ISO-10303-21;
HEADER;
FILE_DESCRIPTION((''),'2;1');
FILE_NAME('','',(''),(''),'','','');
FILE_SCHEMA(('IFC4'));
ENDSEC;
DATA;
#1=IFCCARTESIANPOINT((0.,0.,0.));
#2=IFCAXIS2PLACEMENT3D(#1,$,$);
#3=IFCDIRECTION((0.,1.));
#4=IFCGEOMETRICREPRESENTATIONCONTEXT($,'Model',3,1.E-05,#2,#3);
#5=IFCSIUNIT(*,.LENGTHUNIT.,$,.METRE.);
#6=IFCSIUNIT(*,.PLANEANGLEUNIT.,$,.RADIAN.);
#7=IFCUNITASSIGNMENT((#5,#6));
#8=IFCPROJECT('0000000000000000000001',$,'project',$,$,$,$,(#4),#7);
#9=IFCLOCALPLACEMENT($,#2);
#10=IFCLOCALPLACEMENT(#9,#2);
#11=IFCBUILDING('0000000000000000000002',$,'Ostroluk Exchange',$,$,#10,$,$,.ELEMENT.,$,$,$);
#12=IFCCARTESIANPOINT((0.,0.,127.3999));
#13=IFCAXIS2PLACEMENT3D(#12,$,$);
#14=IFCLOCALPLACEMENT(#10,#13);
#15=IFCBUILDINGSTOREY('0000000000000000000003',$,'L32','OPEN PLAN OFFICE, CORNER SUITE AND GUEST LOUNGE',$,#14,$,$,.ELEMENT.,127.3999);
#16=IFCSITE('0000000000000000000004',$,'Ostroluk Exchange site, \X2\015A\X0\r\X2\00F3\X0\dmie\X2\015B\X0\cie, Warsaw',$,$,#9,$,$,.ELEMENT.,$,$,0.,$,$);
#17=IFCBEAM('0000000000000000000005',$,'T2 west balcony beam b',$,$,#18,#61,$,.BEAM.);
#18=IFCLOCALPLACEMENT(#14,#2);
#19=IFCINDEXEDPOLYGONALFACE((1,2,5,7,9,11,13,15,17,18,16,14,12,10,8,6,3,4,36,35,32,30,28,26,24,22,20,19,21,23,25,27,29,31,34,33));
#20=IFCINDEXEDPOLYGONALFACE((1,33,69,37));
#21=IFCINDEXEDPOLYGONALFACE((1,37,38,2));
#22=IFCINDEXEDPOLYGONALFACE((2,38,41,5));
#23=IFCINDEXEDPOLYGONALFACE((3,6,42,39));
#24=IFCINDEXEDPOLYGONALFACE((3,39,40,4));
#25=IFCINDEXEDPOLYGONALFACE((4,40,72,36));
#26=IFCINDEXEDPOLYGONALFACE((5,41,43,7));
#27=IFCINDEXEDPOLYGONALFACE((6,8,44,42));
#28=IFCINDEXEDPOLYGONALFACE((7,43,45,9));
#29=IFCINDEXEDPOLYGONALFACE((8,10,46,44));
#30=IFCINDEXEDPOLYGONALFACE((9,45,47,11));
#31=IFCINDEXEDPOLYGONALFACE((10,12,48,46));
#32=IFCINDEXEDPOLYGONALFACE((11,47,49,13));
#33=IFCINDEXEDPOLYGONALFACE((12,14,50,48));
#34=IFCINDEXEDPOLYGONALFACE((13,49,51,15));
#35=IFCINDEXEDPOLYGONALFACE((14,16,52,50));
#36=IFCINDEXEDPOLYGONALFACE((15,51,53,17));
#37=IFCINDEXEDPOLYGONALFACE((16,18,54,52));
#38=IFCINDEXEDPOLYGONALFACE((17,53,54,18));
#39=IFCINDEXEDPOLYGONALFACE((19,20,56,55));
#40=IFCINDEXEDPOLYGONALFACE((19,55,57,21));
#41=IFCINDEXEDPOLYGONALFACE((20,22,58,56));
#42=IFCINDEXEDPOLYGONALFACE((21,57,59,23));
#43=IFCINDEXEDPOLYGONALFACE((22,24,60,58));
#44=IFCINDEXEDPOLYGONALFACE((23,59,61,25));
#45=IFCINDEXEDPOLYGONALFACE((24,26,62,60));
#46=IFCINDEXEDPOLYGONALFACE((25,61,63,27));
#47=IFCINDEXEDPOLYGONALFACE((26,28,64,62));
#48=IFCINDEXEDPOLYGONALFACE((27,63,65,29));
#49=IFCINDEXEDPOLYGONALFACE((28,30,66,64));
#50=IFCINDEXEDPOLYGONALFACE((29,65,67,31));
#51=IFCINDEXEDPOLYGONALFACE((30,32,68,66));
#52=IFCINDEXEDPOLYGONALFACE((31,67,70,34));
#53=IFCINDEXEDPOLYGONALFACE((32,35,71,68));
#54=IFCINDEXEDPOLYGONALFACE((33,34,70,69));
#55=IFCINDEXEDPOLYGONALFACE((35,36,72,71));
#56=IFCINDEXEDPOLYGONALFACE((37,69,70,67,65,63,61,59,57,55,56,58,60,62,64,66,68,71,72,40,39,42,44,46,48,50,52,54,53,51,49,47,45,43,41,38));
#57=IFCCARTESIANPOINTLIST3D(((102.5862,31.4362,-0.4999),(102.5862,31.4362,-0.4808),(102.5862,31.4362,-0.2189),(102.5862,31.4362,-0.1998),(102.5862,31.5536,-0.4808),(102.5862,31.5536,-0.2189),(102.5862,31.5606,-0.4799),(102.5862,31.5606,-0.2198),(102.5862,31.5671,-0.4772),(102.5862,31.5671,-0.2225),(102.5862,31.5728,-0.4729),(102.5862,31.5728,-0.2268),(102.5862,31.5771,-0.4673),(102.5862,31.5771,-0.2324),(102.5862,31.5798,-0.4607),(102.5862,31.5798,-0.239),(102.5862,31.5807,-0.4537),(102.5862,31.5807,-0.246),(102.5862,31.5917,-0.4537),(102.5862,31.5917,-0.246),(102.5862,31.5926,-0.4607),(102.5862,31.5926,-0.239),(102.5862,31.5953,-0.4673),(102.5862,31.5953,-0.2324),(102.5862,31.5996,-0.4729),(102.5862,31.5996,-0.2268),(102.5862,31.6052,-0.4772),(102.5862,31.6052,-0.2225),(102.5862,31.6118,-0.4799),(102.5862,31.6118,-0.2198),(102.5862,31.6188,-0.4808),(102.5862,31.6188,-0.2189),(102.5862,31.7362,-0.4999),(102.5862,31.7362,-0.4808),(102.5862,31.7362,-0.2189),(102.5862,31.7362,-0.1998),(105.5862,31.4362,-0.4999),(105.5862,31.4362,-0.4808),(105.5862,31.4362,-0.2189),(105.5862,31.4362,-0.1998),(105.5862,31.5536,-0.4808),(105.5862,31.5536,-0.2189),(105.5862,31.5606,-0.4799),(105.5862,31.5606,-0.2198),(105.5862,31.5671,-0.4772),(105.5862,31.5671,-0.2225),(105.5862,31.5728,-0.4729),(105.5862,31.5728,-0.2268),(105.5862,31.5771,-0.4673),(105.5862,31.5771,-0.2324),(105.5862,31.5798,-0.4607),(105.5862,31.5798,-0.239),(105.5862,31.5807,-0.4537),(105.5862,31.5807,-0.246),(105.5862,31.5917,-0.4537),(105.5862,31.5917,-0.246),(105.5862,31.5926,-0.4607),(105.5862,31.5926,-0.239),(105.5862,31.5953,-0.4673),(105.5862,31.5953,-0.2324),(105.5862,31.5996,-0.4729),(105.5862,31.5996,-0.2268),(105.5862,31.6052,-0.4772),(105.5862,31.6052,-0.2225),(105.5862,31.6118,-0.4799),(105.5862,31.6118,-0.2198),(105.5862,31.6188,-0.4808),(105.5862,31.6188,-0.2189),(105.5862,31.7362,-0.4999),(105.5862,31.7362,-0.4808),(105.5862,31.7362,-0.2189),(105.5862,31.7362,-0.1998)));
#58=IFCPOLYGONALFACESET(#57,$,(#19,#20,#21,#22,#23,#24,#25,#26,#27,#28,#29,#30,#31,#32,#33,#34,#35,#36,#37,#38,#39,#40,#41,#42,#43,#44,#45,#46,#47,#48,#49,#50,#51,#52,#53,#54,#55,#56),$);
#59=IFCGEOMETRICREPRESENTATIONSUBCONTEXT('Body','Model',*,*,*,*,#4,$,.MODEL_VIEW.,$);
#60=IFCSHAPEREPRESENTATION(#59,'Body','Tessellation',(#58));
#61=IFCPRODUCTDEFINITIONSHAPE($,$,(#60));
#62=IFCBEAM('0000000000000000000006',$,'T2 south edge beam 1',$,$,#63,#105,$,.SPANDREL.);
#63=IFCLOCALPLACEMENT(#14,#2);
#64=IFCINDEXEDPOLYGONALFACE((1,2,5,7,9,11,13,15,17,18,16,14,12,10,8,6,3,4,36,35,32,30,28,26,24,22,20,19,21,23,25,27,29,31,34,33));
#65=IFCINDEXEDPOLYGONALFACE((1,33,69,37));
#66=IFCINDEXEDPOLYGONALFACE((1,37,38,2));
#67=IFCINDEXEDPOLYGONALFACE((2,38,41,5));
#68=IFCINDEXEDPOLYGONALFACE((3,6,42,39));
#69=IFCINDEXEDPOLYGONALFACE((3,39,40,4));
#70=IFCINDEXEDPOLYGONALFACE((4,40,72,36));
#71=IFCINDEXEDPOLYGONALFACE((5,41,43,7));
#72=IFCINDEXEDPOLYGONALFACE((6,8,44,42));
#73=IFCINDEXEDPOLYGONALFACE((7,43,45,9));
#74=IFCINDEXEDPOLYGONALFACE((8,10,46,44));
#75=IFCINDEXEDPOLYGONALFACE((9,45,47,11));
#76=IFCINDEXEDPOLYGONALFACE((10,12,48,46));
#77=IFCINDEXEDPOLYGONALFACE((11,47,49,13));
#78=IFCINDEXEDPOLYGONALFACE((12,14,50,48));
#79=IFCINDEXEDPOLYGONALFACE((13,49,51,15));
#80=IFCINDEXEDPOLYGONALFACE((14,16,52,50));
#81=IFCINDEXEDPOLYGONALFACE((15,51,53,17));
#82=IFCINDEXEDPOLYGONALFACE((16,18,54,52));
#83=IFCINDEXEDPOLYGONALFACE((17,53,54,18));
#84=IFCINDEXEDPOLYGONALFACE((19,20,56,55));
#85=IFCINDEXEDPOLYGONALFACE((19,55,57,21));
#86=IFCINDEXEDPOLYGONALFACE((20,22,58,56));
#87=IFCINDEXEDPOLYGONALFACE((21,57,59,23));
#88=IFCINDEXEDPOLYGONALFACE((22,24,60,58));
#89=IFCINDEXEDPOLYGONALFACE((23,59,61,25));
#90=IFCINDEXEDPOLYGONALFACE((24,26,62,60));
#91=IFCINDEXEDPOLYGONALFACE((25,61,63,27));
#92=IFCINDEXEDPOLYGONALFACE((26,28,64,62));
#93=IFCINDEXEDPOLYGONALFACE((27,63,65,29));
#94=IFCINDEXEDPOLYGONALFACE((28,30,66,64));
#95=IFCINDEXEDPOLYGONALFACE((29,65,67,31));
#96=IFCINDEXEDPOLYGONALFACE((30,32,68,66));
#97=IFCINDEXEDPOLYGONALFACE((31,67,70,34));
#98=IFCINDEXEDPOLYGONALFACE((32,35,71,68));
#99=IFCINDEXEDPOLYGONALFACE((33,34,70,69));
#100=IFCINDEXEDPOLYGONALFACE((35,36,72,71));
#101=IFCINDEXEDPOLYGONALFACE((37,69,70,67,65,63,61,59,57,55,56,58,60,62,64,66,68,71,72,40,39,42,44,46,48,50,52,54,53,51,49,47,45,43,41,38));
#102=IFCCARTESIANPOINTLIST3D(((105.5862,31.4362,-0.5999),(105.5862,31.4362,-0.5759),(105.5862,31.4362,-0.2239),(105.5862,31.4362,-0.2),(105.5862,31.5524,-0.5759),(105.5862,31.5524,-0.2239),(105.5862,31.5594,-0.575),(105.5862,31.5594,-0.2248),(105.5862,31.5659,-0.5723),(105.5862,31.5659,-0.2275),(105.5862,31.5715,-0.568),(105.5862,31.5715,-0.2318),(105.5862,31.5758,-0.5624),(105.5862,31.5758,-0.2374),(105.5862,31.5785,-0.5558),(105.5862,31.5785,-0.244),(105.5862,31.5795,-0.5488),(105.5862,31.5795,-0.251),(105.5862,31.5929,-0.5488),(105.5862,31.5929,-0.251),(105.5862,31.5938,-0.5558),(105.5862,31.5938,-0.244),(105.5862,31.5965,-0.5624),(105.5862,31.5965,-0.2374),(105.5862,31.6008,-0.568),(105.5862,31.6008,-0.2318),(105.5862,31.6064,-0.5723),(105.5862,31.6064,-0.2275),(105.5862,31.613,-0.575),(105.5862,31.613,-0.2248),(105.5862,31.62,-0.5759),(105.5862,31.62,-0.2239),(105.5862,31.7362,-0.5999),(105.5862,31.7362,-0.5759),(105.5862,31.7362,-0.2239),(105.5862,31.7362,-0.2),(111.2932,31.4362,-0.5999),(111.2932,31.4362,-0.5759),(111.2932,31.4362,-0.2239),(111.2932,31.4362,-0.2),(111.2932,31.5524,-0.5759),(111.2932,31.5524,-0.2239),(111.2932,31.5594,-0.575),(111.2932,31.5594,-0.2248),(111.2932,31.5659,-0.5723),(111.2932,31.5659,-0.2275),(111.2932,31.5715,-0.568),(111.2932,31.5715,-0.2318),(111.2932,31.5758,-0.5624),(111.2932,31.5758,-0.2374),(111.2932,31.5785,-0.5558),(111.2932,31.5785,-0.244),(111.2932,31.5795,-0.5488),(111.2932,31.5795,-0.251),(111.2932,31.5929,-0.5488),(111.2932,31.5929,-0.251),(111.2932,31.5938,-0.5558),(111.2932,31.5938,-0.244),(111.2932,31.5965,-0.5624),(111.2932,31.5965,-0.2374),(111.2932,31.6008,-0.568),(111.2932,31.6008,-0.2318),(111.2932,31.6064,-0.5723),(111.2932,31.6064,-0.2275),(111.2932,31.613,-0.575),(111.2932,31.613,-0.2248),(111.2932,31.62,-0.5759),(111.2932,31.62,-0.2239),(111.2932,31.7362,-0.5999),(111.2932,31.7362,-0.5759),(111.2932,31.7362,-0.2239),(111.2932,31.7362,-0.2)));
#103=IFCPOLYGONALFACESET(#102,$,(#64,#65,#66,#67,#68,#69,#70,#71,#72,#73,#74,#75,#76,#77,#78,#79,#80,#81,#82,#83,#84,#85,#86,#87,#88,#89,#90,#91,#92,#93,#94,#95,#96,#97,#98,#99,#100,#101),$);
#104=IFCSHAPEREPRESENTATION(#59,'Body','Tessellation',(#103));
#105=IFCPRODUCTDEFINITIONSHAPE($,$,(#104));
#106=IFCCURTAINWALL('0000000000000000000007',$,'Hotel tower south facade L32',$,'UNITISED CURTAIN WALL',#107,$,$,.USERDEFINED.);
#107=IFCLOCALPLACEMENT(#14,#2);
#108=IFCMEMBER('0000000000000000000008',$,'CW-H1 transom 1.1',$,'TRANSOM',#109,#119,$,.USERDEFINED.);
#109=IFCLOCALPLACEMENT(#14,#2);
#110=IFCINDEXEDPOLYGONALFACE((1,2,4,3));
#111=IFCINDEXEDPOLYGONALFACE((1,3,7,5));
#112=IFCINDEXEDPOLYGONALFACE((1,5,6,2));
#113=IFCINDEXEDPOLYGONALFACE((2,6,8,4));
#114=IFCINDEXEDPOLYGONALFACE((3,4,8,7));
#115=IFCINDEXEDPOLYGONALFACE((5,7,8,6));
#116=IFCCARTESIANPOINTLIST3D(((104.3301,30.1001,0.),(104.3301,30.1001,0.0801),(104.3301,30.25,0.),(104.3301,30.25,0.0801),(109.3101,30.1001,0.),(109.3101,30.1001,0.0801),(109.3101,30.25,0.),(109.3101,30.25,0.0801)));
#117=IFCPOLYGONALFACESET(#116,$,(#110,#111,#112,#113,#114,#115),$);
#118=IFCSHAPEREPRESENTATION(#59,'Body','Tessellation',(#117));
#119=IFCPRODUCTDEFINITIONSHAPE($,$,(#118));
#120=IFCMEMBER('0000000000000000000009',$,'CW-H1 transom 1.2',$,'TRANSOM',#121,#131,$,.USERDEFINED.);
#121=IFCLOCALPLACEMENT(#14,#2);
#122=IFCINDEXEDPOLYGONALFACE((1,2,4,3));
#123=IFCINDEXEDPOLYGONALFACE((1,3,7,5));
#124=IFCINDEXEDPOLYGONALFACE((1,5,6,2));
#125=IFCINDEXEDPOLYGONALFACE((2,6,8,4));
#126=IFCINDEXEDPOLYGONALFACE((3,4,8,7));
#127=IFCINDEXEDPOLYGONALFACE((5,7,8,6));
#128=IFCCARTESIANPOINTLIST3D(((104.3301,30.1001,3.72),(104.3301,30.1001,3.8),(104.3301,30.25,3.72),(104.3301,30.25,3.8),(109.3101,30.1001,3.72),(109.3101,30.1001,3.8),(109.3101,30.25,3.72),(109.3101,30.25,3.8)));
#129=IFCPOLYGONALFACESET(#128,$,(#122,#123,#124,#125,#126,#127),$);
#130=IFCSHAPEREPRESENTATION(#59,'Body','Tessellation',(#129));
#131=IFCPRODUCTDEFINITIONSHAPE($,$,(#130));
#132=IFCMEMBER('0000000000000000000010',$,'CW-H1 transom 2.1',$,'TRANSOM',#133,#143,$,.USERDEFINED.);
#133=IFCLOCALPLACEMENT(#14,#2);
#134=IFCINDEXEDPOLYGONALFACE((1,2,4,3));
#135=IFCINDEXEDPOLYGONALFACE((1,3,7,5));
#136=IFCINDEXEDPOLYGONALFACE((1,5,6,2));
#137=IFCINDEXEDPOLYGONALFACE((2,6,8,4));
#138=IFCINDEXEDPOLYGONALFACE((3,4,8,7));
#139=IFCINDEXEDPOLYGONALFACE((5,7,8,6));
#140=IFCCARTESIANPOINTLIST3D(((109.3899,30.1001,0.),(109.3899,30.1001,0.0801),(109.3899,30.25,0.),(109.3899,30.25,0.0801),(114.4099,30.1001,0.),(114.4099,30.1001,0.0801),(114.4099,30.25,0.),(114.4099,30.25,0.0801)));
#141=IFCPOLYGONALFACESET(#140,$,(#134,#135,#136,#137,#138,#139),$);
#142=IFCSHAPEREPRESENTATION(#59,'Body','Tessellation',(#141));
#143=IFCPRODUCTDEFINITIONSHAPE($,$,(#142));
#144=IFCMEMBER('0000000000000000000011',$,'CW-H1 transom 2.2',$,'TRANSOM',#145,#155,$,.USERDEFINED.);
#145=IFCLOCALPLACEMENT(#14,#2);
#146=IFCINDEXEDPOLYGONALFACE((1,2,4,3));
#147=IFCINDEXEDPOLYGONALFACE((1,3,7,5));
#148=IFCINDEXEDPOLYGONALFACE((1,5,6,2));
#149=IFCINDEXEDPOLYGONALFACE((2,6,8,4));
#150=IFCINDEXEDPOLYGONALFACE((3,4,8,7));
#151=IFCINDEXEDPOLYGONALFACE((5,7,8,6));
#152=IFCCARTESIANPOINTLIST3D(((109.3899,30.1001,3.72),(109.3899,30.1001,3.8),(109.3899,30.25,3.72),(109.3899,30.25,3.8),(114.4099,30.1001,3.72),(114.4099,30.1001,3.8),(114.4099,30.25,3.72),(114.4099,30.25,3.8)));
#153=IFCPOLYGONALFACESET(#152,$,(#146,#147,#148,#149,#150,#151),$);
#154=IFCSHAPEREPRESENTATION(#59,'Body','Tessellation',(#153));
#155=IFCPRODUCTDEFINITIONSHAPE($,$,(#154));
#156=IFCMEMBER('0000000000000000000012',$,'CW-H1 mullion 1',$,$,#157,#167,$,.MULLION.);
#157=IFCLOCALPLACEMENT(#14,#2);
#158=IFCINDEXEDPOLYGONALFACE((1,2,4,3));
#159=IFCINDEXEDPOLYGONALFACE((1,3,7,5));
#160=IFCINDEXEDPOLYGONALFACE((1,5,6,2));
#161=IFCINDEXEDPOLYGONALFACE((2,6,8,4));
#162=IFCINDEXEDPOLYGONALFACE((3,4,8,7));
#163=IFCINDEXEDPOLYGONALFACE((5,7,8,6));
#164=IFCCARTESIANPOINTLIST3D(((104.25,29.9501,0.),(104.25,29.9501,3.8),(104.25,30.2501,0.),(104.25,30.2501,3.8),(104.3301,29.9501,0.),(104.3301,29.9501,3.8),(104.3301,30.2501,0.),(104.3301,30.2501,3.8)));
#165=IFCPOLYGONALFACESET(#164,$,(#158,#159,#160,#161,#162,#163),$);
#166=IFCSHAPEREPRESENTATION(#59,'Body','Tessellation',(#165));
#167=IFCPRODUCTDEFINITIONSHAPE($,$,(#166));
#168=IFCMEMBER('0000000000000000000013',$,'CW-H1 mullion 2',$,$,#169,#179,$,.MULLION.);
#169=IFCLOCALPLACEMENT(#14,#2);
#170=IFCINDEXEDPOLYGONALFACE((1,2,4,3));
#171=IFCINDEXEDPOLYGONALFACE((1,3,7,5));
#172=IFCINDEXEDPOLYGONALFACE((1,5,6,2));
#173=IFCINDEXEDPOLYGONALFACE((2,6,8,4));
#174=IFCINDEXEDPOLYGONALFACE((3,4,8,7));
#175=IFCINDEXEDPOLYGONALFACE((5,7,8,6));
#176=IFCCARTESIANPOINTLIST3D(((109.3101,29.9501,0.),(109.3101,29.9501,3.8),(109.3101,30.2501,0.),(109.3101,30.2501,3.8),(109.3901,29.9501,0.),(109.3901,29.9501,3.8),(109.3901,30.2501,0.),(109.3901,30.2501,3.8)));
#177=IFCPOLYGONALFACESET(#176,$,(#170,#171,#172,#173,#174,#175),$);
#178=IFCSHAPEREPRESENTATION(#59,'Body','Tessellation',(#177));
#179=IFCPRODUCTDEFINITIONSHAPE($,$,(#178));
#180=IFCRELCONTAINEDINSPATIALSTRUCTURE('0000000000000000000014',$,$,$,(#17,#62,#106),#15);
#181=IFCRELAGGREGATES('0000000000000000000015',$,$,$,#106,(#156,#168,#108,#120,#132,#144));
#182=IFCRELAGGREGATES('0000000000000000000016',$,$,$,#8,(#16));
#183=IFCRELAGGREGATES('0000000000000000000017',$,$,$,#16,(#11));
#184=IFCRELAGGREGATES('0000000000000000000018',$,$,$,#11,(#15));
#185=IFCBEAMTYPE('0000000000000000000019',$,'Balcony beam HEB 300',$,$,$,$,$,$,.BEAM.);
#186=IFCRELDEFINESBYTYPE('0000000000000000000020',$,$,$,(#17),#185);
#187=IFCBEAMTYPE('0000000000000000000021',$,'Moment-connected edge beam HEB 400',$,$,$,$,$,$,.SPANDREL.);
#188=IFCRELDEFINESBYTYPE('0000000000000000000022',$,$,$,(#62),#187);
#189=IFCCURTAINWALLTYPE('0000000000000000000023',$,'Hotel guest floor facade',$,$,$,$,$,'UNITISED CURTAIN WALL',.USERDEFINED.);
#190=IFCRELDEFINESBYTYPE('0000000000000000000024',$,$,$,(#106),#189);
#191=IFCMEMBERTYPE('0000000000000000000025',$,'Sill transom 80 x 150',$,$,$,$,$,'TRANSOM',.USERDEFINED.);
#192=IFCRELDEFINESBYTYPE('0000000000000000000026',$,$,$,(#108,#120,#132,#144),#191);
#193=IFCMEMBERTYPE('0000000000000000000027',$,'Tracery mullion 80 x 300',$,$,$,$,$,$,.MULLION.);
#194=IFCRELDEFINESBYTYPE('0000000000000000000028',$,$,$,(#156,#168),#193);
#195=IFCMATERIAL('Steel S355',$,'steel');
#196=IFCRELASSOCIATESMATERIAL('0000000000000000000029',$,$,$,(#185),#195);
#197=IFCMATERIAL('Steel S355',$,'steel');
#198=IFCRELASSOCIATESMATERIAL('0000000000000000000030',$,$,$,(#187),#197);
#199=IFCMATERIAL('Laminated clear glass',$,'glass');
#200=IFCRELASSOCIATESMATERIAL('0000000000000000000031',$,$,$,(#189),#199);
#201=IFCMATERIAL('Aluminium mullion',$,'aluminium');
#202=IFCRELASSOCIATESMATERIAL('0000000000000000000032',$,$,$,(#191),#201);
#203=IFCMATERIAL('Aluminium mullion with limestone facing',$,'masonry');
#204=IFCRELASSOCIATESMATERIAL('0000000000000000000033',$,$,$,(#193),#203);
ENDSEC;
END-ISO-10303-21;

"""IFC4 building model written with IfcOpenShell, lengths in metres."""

from ifc_helpers import new_model, si_unit, direction, frame, origin, origin_2d, place, context, subcontext, project, spatial, rectangle, i_section, extrude, material, material_profile, profile_set, type_object, element, aggregate, save


model = new_model("IFC4")

# Units and contexts
model_context = context("Model", 3, precision=1e-05, world=origin(), true_north=direction((0.0, 1.0)))
body_context = subcontext(model_context, "Body", "Model", "MODEL_VIEW")
ifc_project = project(units=[si_unit("LENGTHUNIT", "METRE"), si_unit("PLANEANGLEUNIT", "RADIAN")], contexts=[model_context])

# Site, building, storey
site_placement = place(None, origin())
site = spatial("IfcSite", under=ifc_project, at=site_placement, Name="Ostroluk Exchange site, Śródmieście, Warsaw", CompositionType="ELEMENT", RefElevation=0.0)
building_placement = place(site_placement, origin())
building = spatial("IfcBuilding", under=site, at=building_placement, Name="Ostroluk Exchange", CompositionType="ELEMENT")
storey_placement = place(building_placement, frame((0.0, 0.0, 127.3999)))
storey = spatial("IfcBuildingStorey", under=building, at=storey_placement, Name="L32", Description="OPEN PLAN OFFICE, CORNER SUITE AND GUEST LOUNGE", CompositionType="ELEMENT", Elevation=127.3999)

# Beams
ifc_material_1 = material(Name="Steel S355", Category="steel")
ifc_material_profile_1 = material_profile(ifc_material_1, i_section(OverallWidth=0.3, OverallDepth=0.3, WebThickness=0.011, FlangeThickness=0.019, FilletRadius=0.0271, at=origin_2d()), Name="HEB 300")
ifc_profile_set_1 = profile_set([ifc_material_profile_1], Name="Steel S355")
beam_type_1 = type_object("IfcBeamType", Name="Balcony beam HEB 300", PredefinedType="BEAM", material=ifc_profile_set_1)
beam_1_placement = place(storey_placement, frame((105.5862, 31.5862, -0.3499), z_axis=(-1.0, 0.0, 0.0), x_axis=(0.0, -1.0, 0.0)))
element("IfcBeam", 1, at=beam_1_placement, inside=storey, type_object=beam_type_1, Name="T2 west balcony beam b", PredefinedType="BEAM", context=body_context, shape_type="SweptSolid", body=[
    extrude(i_section(OverallWidth=0.3, OverallDepth=0.3, WebThickness=0.011, FlangeThickness=0.019, FilletRadius=0.0271, at=origin_2d()), origin(), (0.0, 0.0, 1.0), 3.0),
])
ifc_material_2 = material(Name="Steel S355", Category="steel")
ifc_material_profile_2 = material_profile(ifc_material_2, i_section(OverallWidth=0.3, OverallDepth=0.3999, WebThickness=0.0134, FlangeThickness=0.0239, FilletRadius=0.0271, at=origin_2d()), Name="HEB 400")
ifc_profile_set_2 = profile_set([ifc_material_profile_2], Name="Steel S355")
beam_type_2 = type_object("IfcBeamType", Name="Moment-connected edge beam HEB 400", PredefinedType="SPANDREL", material=ifc_profile_set_2)
beam_2_placement = place(storey_placement, frame((105.5862, 31.5862, -0.3999), z_axis=(1.0, 0.0, 0.0), x_axis=(0.0, 1.0, 0.0)))
element("IfcBeam", 2, at=beam_2_placement, inside=storey, type_object=beam_type_2, Name="T2 south edge beam 1", PredefinedType="SPANDREL", context=body_context, shape_type="SweptSolid", body=[
    extrude(i_section(OverallWidth=0.3, OverallDepth=0.3999, WebThickness=0.0134, FlangeThickness=0.0239, FilletRadius=0.0271, at=origin_2d()), origin(), (0.0, 0.0, 1.0), 5.707),
])

# Curtain wall, members
ifc_material_3 = material(Name="Laminated clear glass", Category="glass")
curtain_wall_type = type_object("IfcCurtainWallType", Name="Hotel guest floor facade", ElementType="UNITISED CURTAIN WALL", PredefinedType="USERDEFINED", material=ifc_material_3)
curtain_wall_placement = place(storey_placement, origin())
curtain_wall = element("IfcCurtainWall", 3, at=curtain_wall_placement, inside=storey, type_object=curtain_wall_type, Name="Hotel tower south facade L32", ObjectType="UNITISED CURTAIN WALL", PredefinedType="USERDEFINED")
ifc_material_4 = material(Name="Aluminium mullion", Category="aluminium")
ifc_material_profile_3 = material_profile(ifc_material_4, rectangle(XDim=0.1499, YDim=0.0801, at=origin_2d()), Name="Sill transom 80 x 150")
ifc_profile_set_3 = profile_set([ifc_material_profile_3], Name="Aluminium mullion")
member_type_1 = type_object("IfcMemberType", Name="Sill transom 80 x 150", ElementType="TRANSOM", PredefinedType="USERDEFINED", material=ifc_profile_set_3)
member_1_placement = place(storey_placement, frame((104.3301, 30.175, 0.04), z_axis=(1.0, 0.0, 0.0), x_axis=(0.0, 1.0, 0.0)))
member_1 = element("IfcMember", 4, at=member_1_placement, type_object=member_type_1, Name="CW-H1 transom 1.1", ObjectType="TRANSOM", PredefinedType="USERDEFINED", context=body_context, shape_type="SweptSolid", body=[
    extrude(rectangle(XDim=0.1499, YDim=0.0801, at=origin_2d()), origin(), (0.0, 0.0, 1.0), 4.98),
])
member_2_placement = place(storey_placement, frame((104.3301, 30.175, 3.76), z_axis=(1.0, 0.0, 0.0), x_axis=(0.0, 1.0, 0.0)))
member_2 = element("IfcMember", 5, at=member_2_placement, type_object=member_type_1, Name="CW-H1 transom 1.2", ObjectType="TRANSOM", PredefinedType="USERDEFINED", context=body_context, shape_type="SweptSolid", body=[
    extrude(rectangle(XDim=0.1499, YDim=0.0801, at=origin_2d()), origin(), (0.0, 0.0, 1.0), 4.98),
])
member_3_placement = place(storey_placement, frame((109.3899, 30.175, 0.04), z_axis=(1.0, 0.0, 0.0), x_axis=(0.0, 1.0, 0.0)))
member_3 = element("IfcMember", 6, at=member_3_placement, type_object=member_type_1, Name="CW-H1 transom 2.1", ObjectType="TRANSOM", PredefinedType="USERDEFINED", context=body_context, shape_type="SweptSolid", body=[
    extrude(rectangle(XDim=0.1499, YDim=0.0801, at=origin_2d()), origin(), (0.0, 0.0, 1.0), 5.02),
])
member_4_placement = place(storey_placement, frame((109.3899, 30.175, 3.76), z_axis=(1.0, 0.0, 0.0), x_axis=(0.0, 1.0, 0.0)))
member_4 = element("IfcMember", 7, at=member_4_placement, type_object=member_type_1, Name="CW-H1 transom 2.2", ObjectType="TRANSOM", PredefinedType="USERDEFINED", context=body_context, shape_type="SweptSolid", body=[
    extrude(rectangle(XDim=0.1499, YDim=0.0801, at=origin_2d()), origin(), (0.0, 0.0, 1.0), 5.02),
])
ifc_material_5 = material(Name="Aluminium mullion with limestone facing", Category="masonry")
ifc_material_profile_4 = material_profile(ifc_material_5, rectangle(XDim=0.3, YDim=0.0801, at=origin_2d()), Name="Tracery mullion 80 x 300")
ifc_profile_set_4 = profile_set([ifc_material_profile_4], Name="Aluminium mullion with limestone facing")
member_type_2 = type_object("IfcMemberType", Name="Tracery mullion 80 x 300", PredefinedType="MULLION", material=ifc_profile_set_4)
member_5_placement = place(storey_placement, frame((104.29, 30.1001, 0.0), z_axis=(0.0, 0.0, 1.0), x_axis=(0.0, 1.0, 0.0)))
member_5 = element("IfcMember", 8, at=member_5_placement, type_object=member_type_2, Name="CW-H1 mullion 1", PredefinedType="MULLION", context=body_context, shape_type="SweptSolid", body=[
    extrude(rectangle(XDim=0.3, YDim=0.0801, at=origin_2d()), origin(), (0.0, 0.0, 1.0), 3.8),
])
member_6_placement = place(storey_placement, frame((109.3501, 30.1001, 0.0), z_axis=(0.0, 0.0, 1.0), x_axis=(0.0, 1.0, 0.0)))
member_6 = element("IfcMember", 9, at=member_6_placement, type_object=member_type_2, Name="CW-H1 mullion 2", PredefinedType="MULLION", context=body_context, shape_type="SweptSolid", body=[
    extrude(rectangle(XDim=0.3, YDim=0.0801, at=origin_2d()), origin(), (0.0, 0.0, 1.0), 3.8),
])
aggregate(curtain_wall, [member_5, member_6, member_1, member_2, member_3, member_4])

save(model, "model.ifc")
